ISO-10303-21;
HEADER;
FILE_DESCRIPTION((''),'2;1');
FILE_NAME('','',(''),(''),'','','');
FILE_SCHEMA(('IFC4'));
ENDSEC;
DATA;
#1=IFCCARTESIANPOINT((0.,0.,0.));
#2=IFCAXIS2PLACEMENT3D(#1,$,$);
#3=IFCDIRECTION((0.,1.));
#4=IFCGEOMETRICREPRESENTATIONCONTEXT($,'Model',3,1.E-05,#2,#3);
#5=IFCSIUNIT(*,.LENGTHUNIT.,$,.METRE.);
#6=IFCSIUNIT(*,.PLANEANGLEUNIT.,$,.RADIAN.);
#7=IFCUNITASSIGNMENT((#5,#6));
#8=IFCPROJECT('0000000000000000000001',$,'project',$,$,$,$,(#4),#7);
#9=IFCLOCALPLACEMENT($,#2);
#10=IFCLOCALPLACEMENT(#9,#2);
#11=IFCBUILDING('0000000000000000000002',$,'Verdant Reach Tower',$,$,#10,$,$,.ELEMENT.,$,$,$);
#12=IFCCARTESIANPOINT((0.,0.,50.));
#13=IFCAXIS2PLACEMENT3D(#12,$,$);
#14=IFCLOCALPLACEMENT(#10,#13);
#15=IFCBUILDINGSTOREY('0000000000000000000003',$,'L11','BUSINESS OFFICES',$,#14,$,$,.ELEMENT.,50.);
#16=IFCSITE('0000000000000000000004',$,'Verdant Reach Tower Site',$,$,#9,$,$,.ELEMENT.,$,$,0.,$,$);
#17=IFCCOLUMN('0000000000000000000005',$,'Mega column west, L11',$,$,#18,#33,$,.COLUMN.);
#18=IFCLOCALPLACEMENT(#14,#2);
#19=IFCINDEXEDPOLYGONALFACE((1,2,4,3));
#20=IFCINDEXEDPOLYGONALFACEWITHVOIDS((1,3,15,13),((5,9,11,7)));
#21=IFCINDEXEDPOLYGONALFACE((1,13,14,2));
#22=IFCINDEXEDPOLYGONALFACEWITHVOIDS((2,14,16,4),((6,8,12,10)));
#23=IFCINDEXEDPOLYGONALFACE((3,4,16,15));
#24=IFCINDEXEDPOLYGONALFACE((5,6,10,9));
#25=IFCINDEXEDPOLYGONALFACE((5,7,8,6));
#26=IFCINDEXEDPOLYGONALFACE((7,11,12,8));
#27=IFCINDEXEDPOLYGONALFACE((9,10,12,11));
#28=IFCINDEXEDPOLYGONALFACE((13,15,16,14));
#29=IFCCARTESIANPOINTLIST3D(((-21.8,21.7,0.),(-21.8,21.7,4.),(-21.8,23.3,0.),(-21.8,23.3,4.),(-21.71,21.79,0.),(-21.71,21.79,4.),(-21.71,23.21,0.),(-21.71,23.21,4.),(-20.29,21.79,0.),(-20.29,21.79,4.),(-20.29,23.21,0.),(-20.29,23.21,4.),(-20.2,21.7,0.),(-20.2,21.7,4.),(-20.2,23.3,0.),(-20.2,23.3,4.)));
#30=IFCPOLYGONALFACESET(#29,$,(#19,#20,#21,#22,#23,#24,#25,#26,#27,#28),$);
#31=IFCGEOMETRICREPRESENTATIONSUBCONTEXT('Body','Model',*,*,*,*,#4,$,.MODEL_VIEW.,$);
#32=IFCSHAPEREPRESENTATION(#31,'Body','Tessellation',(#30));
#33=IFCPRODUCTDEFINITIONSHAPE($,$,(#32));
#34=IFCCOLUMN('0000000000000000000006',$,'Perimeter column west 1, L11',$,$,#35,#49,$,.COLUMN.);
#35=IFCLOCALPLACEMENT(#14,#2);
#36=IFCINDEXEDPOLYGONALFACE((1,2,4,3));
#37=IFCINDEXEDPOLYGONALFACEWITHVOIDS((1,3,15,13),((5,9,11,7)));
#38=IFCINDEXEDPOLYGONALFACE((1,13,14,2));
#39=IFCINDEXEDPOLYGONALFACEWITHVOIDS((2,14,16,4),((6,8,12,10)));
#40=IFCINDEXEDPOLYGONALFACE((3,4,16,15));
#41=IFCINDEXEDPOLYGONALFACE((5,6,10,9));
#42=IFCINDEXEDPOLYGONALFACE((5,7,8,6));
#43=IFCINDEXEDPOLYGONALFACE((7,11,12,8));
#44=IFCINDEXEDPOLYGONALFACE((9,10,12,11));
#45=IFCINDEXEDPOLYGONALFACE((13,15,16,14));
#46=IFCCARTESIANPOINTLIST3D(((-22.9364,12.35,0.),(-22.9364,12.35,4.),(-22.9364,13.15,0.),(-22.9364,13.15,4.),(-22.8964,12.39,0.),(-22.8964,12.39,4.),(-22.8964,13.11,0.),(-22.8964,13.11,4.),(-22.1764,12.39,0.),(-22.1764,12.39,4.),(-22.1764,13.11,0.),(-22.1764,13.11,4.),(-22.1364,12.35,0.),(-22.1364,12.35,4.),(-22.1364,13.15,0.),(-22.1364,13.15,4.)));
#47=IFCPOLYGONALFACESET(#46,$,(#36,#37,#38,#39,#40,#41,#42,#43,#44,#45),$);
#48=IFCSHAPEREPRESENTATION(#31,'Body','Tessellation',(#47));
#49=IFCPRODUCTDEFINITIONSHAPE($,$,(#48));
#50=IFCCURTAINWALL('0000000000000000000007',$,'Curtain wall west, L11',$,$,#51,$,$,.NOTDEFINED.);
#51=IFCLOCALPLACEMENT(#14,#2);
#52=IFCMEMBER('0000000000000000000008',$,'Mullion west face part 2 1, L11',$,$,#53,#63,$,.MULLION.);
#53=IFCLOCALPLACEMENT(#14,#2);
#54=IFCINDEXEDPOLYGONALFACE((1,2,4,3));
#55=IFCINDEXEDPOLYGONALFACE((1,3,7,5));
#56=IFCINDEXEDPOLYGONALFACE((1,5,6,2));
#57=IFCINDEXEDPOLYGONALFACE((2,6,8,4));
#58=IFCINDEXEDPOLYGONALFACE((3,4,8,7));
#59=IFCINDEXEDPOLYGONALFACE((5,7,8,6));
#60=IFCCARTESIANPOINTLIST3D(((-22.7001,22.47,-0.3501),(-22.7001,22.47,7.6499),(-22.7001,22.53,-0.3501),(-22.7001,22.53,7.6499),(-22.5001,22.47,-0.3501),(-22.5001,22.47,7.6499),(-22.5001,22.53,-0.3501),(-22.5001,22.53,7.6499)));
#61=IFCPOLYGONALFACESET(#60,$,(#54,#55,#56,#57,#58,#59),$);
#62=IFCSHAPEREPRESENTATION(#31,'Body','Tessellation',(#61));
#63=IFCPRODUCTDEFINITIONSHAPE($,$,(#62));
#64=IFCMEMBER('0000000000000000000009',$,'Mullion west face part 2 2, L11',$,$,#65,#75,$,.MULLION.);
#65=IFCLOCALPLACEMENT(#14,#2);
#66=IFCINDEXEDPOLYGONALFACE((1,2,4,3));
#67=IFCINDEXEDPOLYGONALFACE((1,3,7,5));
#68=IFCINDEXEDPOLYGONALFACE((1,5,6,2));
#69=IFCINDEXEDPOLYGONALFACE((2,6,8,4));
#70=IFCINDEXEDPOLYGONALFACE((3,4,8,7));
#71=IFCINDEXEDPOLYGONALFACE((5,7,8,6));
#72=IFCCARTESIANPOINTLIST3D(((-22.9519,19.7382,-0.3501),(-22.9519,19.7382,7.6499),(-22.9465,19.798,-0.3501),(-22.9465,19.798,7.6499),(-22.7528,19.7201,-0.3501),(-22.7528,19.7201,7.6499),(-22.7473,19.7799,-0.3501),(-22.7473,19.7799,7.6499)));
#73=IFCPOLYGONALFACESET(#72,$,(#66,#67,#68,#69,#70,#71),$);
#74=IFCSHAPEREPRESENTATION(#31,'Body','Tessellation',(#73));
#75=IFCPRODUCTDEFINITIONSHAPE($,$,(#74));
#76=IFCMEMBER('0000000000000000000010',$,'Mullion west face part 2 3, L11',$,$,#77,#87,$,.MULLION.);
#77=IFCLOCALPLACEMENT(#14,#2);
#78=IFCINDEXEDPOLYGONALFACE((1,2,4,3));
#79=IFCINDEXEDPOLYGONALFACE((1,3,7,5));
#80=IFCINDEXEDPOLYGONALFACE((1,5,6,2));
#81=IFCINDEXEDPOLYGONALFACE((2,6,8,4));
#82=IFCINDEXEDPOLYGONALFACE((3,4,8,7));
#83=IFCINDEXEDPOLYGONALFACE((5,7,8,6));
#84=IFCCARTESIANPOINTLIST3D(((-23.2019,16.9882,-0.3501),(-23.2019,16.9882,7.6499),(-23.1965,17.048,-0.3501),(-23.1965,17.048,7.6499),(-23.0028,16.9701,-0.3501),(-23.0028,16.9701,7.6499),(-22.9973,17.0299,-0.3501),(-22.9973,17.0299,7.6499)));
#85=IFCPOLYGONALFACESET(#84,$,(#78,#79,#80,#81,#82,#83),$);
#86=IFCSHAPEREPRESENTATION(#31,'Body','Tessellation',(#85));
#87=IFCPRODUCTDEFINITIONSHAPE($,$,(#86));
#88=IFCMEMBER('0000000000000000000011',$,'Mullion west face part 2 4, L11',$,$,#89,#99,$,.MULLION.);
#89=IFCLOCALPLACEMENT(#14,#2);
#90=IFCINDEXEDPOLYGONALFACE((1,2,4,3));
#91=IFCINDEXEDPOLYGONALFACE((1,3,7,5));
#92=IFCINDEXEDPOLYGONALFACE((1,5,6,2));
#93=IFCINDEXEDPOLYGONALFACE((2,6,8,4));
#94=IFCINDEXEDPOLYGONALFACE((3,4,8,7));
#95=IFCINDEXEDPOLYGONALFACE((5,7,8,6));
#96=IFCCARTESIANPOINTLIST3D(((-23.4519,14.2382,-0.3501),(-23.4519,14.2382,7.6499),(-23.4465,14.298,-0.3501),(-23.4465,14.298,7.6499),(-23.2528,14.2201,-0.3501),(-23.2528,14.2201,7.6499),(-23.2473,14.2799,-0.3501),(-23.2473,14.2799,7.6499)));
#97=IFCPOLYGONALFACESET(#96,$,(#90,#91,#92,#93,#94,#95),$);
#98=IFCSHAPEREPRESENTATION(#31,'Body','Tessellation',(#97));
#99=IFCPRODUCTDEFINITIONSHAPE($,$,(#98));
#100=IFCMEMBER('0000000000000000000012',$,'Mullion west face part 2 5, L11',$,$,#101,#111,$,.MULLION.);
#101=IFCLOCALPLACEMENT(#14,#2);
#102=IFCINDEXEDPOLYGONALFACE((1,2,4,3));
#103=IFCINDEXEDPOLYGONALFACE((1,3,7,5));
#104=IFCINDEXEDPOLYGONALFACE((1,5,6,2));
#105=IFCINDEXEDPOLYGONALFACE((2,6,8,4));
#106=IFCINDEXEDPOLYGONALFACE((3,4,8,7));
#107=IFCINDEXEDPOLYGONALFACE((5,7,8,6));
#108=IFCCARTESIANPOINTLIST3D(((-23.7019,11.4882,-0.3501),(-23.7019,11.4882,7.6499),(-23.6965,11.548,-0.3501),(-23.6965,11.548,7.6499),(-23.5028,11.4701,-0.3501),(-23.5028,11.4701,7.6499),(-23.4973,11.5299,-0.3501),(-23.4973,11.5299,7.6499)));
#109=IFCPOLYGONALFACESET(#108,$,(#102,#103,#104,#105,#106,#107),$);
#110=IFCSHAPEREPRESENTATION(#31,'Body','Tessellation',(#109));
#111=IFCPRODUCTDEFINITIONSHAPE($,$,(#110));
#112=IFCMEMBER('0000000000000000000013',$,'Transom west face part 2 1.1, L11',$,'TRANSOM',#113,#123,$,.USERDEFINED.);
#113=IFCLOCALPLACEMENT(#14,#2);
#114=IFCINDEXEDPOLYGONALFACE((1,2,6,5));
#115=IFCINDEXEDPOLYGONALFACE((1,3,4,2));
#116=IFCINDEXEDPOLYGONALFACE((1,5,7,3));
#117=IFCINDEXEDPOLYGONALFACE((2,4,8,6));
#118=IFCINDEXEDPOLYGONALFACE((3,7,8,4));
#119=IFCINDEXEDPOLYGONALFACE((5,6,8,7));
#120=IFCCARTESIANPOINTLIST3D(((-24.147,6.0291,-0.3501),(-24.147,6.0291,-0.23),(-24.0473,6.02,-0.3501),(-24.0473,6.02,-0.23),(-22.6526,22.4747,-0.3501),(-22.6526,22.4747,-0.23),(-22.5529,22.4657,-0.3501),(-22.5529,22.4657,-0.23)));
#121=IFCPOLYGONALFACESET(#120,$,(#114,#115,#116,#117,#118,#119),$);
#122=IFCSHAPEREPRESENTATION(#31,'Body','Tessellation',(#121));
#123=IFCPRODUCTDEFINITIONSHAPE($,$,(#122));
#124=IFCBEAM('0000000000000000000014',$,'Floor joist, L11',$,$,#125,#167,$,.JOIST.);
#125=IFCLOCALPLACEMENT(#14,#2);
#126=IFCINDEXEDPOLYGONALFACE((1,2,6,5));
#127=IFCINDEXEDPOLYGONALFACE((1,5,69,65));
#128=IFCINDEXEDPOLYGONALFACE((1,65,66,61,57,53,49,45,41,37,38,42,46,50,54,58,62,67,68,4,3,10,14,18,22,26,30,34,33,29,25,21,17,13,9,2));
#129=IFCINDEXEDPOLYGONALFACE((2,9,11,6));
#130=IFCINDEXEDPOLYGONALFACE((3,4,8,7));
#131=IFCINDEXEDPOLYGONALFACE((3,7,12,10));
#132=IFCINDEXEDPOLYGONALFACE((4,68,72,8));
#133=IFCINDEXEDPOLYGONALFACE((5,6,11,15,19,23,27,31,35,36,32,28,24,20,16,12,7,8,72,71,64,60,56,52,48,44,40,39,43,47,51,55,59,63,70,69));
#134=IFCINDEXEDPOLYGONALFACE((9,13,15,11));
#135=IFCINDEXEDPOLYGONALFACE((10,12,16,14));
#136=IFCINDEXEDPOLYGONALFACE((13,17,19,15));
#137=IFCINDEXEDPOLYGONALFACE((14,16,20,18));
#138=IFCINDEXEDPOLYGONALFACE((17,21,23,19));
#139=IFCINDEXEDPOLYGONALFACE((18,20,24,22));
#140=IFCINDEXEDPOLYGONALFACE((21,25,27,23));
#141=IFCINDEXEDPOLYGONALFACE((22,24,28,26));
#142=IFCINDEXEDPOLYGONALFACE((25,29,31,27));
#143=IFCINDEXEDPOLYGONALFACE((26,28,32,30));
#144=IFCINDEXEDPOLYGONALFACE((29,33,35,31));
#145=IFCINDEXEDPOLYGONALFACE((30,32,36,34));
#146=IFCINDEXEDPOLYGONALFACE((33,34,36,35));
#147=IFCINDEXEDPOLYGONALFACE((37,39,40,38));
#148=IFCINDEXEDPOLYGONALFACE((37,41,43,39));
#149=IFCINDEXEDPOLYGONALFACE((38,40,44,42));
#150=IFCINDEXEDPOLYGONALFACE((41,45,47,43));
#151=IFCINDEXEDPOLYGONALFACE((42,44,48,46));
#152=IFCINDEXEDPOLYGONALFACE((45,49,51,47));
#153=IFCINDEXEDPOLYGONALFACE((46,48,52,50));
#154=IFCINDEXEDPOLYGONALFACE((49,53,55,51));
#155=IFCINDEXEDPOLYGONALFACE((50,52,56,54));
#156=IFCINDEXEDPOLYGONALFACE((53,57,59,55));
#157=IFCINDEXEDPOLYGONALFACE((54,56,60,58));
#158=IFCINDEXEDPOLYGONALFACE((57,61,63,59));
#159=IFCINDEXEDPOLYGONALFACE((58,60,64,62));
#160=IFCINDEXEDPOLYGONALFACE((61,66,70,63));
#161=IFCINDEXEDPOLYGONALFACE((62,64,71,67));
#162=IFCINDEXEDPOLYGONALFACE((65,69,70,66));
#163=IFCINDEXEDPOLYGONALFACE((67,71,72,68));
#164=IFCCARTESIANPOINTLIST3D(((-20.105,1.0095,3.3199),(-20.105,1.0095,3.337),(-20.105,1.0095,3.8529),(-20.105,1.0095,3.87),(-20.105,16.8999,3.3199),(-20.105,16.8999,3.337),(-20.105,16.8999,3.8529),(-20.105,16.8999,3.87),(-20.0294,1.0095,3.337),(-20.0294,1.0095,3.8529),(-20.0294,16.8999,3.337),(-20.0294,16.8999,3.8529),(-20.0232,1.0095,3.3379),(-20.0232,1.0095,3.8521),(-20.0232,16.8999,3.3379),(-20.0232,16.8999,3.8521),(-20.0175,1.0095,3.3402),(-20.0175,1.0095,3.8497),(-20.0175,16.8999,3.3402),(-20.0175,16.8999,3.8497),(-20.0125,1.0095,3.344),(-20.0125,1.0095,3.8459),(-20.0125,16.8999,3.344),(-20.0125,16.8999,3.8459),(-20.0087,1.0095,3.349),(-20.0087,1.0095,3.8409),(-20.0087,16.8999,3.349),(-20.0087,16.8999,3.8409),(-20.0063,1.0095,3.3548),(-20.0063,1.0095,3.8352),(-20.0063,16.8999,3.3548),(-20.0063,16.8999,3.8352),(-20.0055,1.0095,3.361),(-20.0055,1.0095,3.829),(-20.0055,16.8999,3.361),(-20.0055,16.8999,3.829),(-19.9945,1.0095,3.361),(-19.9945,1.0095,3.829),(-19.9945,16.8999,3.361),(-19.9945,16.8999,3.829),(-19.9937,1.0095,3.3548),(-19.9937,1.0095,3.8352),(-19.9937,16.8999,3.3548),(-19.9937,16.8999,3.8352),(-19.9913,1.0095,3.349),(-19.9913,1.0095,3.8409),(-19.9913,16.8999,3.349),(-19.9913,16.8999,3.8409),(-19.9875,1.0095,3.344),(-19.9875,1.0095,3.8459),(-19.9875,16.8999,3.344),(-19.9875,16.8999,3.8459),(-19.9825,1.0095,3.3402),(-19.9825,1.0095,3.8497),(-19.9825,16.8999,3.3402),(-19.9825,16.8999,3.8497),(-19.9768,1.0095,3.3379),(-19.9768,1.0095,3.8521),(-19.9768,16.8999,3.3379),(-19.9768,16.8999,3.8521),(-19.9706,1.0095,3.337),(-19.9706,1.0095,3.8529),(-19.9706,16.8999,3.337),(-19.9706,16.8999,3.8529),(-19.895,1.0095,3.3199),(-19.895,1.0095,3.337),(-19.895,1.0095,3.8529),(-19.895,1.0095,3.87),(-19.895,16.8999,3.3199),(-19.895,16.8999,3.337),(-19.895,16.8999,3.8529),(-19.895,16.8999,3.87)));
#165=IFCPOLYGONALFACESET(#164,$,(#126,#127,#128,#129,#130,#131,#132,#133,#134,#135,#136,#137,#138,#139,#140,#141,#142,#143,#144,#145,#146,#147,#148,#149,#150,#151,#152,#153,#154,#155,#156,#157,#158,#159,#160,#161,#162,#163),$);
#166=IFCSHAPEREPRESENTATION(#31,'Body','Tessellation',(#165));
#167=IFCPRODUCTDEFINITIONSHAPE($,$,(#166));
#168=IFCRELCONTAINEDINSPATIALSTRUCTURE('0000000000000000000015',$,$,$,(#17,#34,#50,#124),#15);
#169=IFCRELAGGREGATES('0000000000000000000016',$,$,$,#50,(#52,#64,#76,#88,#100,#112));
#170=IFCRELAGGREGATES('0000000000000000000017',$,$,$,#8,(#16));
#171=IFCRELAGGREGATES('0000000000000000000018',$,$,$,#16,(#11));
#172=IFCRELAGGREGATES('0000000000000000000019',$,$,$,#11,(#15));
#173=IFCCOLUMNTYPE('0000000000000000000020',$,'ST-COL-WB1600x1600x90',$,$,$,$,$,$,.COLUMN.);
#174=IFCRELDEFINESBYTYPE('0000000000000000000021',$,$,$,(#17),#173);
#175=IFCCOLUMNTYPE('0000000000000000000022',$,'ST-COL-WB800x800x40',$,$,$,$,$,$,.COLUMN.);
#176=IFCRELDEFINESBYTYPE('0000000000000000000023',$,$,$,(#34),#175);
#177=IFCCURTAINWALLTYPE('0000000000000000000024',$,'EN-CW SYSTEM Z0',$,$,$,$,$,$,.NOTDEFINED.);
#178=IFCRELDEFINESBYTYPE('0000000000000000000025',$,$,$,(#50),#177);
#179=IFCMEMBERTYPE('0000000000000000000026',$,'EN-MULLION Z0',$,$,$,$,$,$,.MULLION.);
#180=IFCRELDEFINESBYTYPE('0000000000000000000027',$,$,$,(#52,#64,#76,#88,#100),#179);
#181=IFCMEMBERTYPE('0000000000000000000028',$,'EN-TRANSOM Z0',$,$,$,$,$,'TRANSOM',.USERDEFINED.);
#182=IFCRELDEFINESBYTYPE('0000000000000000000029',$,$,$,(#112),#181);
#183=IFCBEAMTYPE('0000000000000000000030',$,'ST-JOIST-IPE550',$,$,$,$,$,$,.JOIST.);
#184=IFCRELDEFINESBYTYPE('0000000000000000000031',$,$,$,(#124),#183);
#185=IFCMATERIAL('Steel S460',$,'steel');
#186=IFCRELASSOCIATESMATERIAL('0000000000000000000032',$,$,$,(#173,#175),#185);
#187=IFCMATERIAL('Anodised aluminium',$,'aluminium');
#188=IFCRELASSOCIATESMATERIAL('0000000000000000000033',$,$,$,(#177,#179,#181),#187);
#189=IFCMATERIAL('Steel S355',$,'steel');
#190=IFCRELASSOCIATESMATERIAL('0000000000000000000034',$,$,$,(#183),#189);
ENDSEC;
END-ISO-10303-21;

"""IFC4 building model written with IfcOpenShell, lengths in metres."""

from ifc_helpers import new_model, si_unit, direction, frame, origin, origin_2d, place, context, subcontext, project, spatial, rectangle, hollow_rectangle, i_section, extrude, material, material_profile, profile_set, type_object, element, aggregate, save


model = new_model("IFC4")

# Units and contexts
model_context = context("Model", 3, precision=1e-05, world=origin(), true_north=direction((0.0, 1.0)))
body_context = subcontext(model_context, "Body", "Model", "MODEL_VIEW")
ifc_project = project(units=[si_unit("LENGTHUNIT", "METRE"), si_unit("PLANEANGLEUNIT", "RADIAN")], contexts=[model_context])

# Site, building, storey
site_placement = place(None, origin())
site = spatial("IfcSite", under=ifc_project, at=site_placement, Name="Verdant Reach Tower Site", CompositionType="ELEMENT", RefElevation=0.0)
building_placement = place(site_placement, origin())
building = spatial("IfcBuilding", under=site, at=building_placement, Name="Verdant Reach Tower", CompositionType="ELEMENT")
storey_placement = place(building_placement, frame((0.0, 0.0, 50.0)))
storey = spatial("IfcBuildingStorey", under=building, at=storey_placement, Name="L11", Description="BUSINESS OFFICES", CompositionType="ELEMENT", Elevation=50.0)

# Columns
ifc_material_1 = material(Name="Steel S460", Category="steel")
ifc_material_profile_1 = material_profile(ifc_material_1, hollow_rectangle(XDim=1.6001, YDim=1.6001, WallThickness=0.0901, at=origin_2d()), Name="WB 1600x1600x90")
ifc_profile_set_1 = profile_set([ifc_material_profile_1], Name="Steel S460")
column_type_1 = type_object("IfcColumnType", Name="ST-COL-WB1600x1600x90", PredefinedType="COLUMN", material=ifc_profile_set_1)
column_1_placement = place(storey_placement, frame((-21.0, 22.5, 0.0), z_axis=(0.0, 0.0, 1.0), x_axis=(1.0, 0.0, 0.0)))
element("IfcColumn", 1, at=column_1_placement, inside=storey, type_object=column_type_1, Name="Mega column west, L11", PredefinedType="COLUMN", context=body_context, shape_type="SweptSolid", body=[
    extrude(hollow_rectangle(XDim=1.6001, YDim=1.6001, WallThickness=0.0901, at=origin_2d()), origin(), (0.0, 0.0, 1.0), 4.0),
])
ifc_material_profile_2 = material_profile(ifc_material_1, hollow_rectangle(XDim=0.8, YDim=0.8, WallThickness=0.04, at=origin_2d()), Name="WB 800x800x40")
ifc_profile_set_2 = profile_set([ifc_material_profile_2], Name="Steel S460")
column_type_2 = type_object("IfcColumnType", Name="ST-COL-WB800x800x40", PredefinedType="COLUMN", material=ifc_profile_set_2)
column_2_placement = place(storey_placement, frame((-22.5364, 12.75, 0.0), z_axis=(0.0, 0.0, 1.0), x_axis=(1.0, 0.0, 0.0)))
element("IfcColumn", 2, at=column_2_placement, inside=storey, type_object=column_type_2, Name="Perimeter column west 1, L11", PredefinedType="COLUMN", context=body_context, shape_type="SweptSolid", body=[
    extrude(hollow_rectangle(XDim=0.8, YDim=0.8, WallThickness=0.04, at=origin_2d()), origin(), (0.0, 0.0, 1.0), 4.0),
])

# Curtain wall, members
ifc_material_2 = material(Name="Anodised aluminium", Category="aluminium")
curtain_wall_type = type_object("IfcCurtainWallType", Name="EN-CW SYSTEM Z0", PredefinedType="NOTDEFINED", material=ifc_material_2)
curtain_wall_placement = place(storey_placement, origin())
curtain_wall = element("IfcCurtainWall", 3, at=curtain_wall_placement, inside=storey, type_object=curtain_wall_type, Name="Curtain wall west, L11", PredefinedType="NOTDEFINED")
ifc_material_profile_3 = material_profile(ifc_material_2, rectangle(XDim=0.2, YDim=0.0601, at=origin_2d()), Name="Mullion 60x200")
ifc_profile_set_3 = profile_set([ifc_material_profile_3], Name="Anodised aluminium")
member_type_1 = type_object("IfcMemberType", Name="EN-MULLION Z0", PredefinedType="MULLION", material=ifc_profile_set_3)
member_1_placement = place(storey_placement, frame((-22.6001, 22.5, -0.3501), z_axis=(0.0, 0.0, 1.0), x_axis=(-1.0, 0.0, 0.0)))
member_1 = element("IfcMember", 4, at=member_1_placement, type_object=member_type_1, Name="Mullion west face part 2 1, L11", PredefinedType="MULLION", context=body_context, shape_type="SweptSolid", body=[
    extrude(rectangle(XDim=0.2, YDim=0.0601, at=origin_2d()), origin(), (0.0, 0.0, 1.0), 8.0),
])
member_2_placement = place(storey_placement, frame((-22.8496, 19.759, -0.3501), z_axis=(0.0, 0.0, 1.0), x_axis=(-0.995893, 0.090536, 0.0)))
member_2 = element("IfcMember", 5, at=member_2_placement, type_object=member_type_1, Name="Mullion west face part 2 2, L11", PredefinedType="MULLION", context=body_context, shape_type="SweptSolid", body=[
    extrude(rectangle(XDim=0.2, YDim=0.0601, at=origin_2d()), origin(), (0.0, 0.0, 1.0), 8.0),
])
member_3_placement = place(storey_placement, frame((-23.0996, 17.009, -0.3501), z_axis=(0.0, 0.0, 1.0), x_axis=(-0.995893, 0.090536, 0.0)))
member_3 = element("IfcMember", 6, at=member_3_placement, type_object=member_type_1, Name="Mullion west face part 2 3, L11", PredefinedType="MULLION", context=body_context, shape_type="SweptSolid", body=[
    extrude(rectangle(XDim=0.2, YDim=0.0601, at=origin_2d()), origin(), (0.0, 0.0, 1.0), 8.0),
])
member_4_placement = place(storey_placement, frame((-23.3496, 14.259, -0.3501), z_axis=(0.0, 0.0, 1.0), x_axis=(-0.995893, 0.090536, 0.0)))
member_4 = element("IfcMember", 7, at=member_4_placement, type_object=member_type_1, Name="Mullion west face part 2 4, L11", PredefinedType="MULLION", context=body_context, shape_type="SweptSolid", body=[
    extrude(rectangle(XDim=0.2, YDim=0.0601, at=origin_2d()), origin(), (0.0, 0.0, 1.0), 8.0),
])
member_5_placement = place(storey_placement, frame((-23.5996, 11.509, -0.3501), z_axis=(0.0, 0.0, 1.0), x_axis=(-0.995893, 0.090536, 0.0)))
member_5 = element("IfcMember", 8, at=member_5_placement, type_object=member_type_1, Name="Mullion west face part 2 5, L11", PredefinedType="MULLION", context=body_context, shape_type="SweptSolid", body=[
    extrude(rectangle(XDim=0.2, YDim=0.0601, at=origin_2d()), origin(), (0.0, 0.0, 1.0), 8.0),
])
ifc_material_profile_4 = material_profile(ifc_material_2, rectangle(XDim=0.1001, YDim=0.1201, at=origin_2d()), Name="Transom 120x100")
ifc_profile_set_4 = profile_set([ifc_material_profile_4], Name="Anodised aluminium")
member_type_2 = type_object("IfcMemberType", Name="EN-TRANSOM Z0", ElementType="TRANSOM", PredefinedType="USERDEFINED", material=ifc_profile_set_4)
member_6_placement = place(storey_placement, frame((-22.6028, 22.4702, -0.29), z_axis=(-0.090496, -0.995897, 0.0), x_axis=(0.995897, -0.090496, 0.0)))
member_6 = element("IfcMember", 9, at=member_6_placement, type_object=member_type_2, Name="Transom west face part 2 1.1, L11", ObjectType="TRANSOM", PredefinedType="USERDEFINED", context=body_context, shape_type="SweptSolid", body=[
    extrude(rectangle(XDim=0.1001, YDim=0.1201, at=origin_2d()), origin(), (0.0, 0.0, 1.0), 16.5134),
])

# Beam
ifc_material_3 = material(Name="Steel S355", Category="steel")
ifc_material_profile_5 = material_profile(ifc_material_3, i_section(OverallWidth=0.21, OverallDepth=0.55, WebThickness=0.011, FlangeThickness=0.0171, FilletRadius=0.0239, at=origin_2d()), Name="IPE 550")
ifc_profile_set_5 = profile_set([ifc_material_profile_5], Name="Steel S355")
beam_type_1 = type_object("IfcBeamType", Name="ST-JOIST-IPE550", PredefinedType="JOIST", material=ifc_profile_set_5)
beam_1_placement = place(storey_placement, frame((-20.0, 16.8999, 3.595), z_axis=(0.0, -1.0, 0.0), x_axis=(1.0, 0.0, 0.0)))
element("IfcBeam", 10, at=beam_1_placement, inside=storey, type_object=beam_type_1, Name="Floor joist, L11", PredefinedType="JOIST", context=body_context, shape_type="SweptSolid", body=[
    extrude(i_section(OverallWidth=0.21, OverallDepth=0.55, WebThickness=0.011, FlangeThickness=0.0171, FilletRadius=0.0239, at=origin_2d()), origin(), (0.0, 0.0, 1.0), 15.8904),
])

aggregate(curtain_wall, [member_1, member_2, member_3, member_4, member_5, member_6])

save(model, "model.ifc")
